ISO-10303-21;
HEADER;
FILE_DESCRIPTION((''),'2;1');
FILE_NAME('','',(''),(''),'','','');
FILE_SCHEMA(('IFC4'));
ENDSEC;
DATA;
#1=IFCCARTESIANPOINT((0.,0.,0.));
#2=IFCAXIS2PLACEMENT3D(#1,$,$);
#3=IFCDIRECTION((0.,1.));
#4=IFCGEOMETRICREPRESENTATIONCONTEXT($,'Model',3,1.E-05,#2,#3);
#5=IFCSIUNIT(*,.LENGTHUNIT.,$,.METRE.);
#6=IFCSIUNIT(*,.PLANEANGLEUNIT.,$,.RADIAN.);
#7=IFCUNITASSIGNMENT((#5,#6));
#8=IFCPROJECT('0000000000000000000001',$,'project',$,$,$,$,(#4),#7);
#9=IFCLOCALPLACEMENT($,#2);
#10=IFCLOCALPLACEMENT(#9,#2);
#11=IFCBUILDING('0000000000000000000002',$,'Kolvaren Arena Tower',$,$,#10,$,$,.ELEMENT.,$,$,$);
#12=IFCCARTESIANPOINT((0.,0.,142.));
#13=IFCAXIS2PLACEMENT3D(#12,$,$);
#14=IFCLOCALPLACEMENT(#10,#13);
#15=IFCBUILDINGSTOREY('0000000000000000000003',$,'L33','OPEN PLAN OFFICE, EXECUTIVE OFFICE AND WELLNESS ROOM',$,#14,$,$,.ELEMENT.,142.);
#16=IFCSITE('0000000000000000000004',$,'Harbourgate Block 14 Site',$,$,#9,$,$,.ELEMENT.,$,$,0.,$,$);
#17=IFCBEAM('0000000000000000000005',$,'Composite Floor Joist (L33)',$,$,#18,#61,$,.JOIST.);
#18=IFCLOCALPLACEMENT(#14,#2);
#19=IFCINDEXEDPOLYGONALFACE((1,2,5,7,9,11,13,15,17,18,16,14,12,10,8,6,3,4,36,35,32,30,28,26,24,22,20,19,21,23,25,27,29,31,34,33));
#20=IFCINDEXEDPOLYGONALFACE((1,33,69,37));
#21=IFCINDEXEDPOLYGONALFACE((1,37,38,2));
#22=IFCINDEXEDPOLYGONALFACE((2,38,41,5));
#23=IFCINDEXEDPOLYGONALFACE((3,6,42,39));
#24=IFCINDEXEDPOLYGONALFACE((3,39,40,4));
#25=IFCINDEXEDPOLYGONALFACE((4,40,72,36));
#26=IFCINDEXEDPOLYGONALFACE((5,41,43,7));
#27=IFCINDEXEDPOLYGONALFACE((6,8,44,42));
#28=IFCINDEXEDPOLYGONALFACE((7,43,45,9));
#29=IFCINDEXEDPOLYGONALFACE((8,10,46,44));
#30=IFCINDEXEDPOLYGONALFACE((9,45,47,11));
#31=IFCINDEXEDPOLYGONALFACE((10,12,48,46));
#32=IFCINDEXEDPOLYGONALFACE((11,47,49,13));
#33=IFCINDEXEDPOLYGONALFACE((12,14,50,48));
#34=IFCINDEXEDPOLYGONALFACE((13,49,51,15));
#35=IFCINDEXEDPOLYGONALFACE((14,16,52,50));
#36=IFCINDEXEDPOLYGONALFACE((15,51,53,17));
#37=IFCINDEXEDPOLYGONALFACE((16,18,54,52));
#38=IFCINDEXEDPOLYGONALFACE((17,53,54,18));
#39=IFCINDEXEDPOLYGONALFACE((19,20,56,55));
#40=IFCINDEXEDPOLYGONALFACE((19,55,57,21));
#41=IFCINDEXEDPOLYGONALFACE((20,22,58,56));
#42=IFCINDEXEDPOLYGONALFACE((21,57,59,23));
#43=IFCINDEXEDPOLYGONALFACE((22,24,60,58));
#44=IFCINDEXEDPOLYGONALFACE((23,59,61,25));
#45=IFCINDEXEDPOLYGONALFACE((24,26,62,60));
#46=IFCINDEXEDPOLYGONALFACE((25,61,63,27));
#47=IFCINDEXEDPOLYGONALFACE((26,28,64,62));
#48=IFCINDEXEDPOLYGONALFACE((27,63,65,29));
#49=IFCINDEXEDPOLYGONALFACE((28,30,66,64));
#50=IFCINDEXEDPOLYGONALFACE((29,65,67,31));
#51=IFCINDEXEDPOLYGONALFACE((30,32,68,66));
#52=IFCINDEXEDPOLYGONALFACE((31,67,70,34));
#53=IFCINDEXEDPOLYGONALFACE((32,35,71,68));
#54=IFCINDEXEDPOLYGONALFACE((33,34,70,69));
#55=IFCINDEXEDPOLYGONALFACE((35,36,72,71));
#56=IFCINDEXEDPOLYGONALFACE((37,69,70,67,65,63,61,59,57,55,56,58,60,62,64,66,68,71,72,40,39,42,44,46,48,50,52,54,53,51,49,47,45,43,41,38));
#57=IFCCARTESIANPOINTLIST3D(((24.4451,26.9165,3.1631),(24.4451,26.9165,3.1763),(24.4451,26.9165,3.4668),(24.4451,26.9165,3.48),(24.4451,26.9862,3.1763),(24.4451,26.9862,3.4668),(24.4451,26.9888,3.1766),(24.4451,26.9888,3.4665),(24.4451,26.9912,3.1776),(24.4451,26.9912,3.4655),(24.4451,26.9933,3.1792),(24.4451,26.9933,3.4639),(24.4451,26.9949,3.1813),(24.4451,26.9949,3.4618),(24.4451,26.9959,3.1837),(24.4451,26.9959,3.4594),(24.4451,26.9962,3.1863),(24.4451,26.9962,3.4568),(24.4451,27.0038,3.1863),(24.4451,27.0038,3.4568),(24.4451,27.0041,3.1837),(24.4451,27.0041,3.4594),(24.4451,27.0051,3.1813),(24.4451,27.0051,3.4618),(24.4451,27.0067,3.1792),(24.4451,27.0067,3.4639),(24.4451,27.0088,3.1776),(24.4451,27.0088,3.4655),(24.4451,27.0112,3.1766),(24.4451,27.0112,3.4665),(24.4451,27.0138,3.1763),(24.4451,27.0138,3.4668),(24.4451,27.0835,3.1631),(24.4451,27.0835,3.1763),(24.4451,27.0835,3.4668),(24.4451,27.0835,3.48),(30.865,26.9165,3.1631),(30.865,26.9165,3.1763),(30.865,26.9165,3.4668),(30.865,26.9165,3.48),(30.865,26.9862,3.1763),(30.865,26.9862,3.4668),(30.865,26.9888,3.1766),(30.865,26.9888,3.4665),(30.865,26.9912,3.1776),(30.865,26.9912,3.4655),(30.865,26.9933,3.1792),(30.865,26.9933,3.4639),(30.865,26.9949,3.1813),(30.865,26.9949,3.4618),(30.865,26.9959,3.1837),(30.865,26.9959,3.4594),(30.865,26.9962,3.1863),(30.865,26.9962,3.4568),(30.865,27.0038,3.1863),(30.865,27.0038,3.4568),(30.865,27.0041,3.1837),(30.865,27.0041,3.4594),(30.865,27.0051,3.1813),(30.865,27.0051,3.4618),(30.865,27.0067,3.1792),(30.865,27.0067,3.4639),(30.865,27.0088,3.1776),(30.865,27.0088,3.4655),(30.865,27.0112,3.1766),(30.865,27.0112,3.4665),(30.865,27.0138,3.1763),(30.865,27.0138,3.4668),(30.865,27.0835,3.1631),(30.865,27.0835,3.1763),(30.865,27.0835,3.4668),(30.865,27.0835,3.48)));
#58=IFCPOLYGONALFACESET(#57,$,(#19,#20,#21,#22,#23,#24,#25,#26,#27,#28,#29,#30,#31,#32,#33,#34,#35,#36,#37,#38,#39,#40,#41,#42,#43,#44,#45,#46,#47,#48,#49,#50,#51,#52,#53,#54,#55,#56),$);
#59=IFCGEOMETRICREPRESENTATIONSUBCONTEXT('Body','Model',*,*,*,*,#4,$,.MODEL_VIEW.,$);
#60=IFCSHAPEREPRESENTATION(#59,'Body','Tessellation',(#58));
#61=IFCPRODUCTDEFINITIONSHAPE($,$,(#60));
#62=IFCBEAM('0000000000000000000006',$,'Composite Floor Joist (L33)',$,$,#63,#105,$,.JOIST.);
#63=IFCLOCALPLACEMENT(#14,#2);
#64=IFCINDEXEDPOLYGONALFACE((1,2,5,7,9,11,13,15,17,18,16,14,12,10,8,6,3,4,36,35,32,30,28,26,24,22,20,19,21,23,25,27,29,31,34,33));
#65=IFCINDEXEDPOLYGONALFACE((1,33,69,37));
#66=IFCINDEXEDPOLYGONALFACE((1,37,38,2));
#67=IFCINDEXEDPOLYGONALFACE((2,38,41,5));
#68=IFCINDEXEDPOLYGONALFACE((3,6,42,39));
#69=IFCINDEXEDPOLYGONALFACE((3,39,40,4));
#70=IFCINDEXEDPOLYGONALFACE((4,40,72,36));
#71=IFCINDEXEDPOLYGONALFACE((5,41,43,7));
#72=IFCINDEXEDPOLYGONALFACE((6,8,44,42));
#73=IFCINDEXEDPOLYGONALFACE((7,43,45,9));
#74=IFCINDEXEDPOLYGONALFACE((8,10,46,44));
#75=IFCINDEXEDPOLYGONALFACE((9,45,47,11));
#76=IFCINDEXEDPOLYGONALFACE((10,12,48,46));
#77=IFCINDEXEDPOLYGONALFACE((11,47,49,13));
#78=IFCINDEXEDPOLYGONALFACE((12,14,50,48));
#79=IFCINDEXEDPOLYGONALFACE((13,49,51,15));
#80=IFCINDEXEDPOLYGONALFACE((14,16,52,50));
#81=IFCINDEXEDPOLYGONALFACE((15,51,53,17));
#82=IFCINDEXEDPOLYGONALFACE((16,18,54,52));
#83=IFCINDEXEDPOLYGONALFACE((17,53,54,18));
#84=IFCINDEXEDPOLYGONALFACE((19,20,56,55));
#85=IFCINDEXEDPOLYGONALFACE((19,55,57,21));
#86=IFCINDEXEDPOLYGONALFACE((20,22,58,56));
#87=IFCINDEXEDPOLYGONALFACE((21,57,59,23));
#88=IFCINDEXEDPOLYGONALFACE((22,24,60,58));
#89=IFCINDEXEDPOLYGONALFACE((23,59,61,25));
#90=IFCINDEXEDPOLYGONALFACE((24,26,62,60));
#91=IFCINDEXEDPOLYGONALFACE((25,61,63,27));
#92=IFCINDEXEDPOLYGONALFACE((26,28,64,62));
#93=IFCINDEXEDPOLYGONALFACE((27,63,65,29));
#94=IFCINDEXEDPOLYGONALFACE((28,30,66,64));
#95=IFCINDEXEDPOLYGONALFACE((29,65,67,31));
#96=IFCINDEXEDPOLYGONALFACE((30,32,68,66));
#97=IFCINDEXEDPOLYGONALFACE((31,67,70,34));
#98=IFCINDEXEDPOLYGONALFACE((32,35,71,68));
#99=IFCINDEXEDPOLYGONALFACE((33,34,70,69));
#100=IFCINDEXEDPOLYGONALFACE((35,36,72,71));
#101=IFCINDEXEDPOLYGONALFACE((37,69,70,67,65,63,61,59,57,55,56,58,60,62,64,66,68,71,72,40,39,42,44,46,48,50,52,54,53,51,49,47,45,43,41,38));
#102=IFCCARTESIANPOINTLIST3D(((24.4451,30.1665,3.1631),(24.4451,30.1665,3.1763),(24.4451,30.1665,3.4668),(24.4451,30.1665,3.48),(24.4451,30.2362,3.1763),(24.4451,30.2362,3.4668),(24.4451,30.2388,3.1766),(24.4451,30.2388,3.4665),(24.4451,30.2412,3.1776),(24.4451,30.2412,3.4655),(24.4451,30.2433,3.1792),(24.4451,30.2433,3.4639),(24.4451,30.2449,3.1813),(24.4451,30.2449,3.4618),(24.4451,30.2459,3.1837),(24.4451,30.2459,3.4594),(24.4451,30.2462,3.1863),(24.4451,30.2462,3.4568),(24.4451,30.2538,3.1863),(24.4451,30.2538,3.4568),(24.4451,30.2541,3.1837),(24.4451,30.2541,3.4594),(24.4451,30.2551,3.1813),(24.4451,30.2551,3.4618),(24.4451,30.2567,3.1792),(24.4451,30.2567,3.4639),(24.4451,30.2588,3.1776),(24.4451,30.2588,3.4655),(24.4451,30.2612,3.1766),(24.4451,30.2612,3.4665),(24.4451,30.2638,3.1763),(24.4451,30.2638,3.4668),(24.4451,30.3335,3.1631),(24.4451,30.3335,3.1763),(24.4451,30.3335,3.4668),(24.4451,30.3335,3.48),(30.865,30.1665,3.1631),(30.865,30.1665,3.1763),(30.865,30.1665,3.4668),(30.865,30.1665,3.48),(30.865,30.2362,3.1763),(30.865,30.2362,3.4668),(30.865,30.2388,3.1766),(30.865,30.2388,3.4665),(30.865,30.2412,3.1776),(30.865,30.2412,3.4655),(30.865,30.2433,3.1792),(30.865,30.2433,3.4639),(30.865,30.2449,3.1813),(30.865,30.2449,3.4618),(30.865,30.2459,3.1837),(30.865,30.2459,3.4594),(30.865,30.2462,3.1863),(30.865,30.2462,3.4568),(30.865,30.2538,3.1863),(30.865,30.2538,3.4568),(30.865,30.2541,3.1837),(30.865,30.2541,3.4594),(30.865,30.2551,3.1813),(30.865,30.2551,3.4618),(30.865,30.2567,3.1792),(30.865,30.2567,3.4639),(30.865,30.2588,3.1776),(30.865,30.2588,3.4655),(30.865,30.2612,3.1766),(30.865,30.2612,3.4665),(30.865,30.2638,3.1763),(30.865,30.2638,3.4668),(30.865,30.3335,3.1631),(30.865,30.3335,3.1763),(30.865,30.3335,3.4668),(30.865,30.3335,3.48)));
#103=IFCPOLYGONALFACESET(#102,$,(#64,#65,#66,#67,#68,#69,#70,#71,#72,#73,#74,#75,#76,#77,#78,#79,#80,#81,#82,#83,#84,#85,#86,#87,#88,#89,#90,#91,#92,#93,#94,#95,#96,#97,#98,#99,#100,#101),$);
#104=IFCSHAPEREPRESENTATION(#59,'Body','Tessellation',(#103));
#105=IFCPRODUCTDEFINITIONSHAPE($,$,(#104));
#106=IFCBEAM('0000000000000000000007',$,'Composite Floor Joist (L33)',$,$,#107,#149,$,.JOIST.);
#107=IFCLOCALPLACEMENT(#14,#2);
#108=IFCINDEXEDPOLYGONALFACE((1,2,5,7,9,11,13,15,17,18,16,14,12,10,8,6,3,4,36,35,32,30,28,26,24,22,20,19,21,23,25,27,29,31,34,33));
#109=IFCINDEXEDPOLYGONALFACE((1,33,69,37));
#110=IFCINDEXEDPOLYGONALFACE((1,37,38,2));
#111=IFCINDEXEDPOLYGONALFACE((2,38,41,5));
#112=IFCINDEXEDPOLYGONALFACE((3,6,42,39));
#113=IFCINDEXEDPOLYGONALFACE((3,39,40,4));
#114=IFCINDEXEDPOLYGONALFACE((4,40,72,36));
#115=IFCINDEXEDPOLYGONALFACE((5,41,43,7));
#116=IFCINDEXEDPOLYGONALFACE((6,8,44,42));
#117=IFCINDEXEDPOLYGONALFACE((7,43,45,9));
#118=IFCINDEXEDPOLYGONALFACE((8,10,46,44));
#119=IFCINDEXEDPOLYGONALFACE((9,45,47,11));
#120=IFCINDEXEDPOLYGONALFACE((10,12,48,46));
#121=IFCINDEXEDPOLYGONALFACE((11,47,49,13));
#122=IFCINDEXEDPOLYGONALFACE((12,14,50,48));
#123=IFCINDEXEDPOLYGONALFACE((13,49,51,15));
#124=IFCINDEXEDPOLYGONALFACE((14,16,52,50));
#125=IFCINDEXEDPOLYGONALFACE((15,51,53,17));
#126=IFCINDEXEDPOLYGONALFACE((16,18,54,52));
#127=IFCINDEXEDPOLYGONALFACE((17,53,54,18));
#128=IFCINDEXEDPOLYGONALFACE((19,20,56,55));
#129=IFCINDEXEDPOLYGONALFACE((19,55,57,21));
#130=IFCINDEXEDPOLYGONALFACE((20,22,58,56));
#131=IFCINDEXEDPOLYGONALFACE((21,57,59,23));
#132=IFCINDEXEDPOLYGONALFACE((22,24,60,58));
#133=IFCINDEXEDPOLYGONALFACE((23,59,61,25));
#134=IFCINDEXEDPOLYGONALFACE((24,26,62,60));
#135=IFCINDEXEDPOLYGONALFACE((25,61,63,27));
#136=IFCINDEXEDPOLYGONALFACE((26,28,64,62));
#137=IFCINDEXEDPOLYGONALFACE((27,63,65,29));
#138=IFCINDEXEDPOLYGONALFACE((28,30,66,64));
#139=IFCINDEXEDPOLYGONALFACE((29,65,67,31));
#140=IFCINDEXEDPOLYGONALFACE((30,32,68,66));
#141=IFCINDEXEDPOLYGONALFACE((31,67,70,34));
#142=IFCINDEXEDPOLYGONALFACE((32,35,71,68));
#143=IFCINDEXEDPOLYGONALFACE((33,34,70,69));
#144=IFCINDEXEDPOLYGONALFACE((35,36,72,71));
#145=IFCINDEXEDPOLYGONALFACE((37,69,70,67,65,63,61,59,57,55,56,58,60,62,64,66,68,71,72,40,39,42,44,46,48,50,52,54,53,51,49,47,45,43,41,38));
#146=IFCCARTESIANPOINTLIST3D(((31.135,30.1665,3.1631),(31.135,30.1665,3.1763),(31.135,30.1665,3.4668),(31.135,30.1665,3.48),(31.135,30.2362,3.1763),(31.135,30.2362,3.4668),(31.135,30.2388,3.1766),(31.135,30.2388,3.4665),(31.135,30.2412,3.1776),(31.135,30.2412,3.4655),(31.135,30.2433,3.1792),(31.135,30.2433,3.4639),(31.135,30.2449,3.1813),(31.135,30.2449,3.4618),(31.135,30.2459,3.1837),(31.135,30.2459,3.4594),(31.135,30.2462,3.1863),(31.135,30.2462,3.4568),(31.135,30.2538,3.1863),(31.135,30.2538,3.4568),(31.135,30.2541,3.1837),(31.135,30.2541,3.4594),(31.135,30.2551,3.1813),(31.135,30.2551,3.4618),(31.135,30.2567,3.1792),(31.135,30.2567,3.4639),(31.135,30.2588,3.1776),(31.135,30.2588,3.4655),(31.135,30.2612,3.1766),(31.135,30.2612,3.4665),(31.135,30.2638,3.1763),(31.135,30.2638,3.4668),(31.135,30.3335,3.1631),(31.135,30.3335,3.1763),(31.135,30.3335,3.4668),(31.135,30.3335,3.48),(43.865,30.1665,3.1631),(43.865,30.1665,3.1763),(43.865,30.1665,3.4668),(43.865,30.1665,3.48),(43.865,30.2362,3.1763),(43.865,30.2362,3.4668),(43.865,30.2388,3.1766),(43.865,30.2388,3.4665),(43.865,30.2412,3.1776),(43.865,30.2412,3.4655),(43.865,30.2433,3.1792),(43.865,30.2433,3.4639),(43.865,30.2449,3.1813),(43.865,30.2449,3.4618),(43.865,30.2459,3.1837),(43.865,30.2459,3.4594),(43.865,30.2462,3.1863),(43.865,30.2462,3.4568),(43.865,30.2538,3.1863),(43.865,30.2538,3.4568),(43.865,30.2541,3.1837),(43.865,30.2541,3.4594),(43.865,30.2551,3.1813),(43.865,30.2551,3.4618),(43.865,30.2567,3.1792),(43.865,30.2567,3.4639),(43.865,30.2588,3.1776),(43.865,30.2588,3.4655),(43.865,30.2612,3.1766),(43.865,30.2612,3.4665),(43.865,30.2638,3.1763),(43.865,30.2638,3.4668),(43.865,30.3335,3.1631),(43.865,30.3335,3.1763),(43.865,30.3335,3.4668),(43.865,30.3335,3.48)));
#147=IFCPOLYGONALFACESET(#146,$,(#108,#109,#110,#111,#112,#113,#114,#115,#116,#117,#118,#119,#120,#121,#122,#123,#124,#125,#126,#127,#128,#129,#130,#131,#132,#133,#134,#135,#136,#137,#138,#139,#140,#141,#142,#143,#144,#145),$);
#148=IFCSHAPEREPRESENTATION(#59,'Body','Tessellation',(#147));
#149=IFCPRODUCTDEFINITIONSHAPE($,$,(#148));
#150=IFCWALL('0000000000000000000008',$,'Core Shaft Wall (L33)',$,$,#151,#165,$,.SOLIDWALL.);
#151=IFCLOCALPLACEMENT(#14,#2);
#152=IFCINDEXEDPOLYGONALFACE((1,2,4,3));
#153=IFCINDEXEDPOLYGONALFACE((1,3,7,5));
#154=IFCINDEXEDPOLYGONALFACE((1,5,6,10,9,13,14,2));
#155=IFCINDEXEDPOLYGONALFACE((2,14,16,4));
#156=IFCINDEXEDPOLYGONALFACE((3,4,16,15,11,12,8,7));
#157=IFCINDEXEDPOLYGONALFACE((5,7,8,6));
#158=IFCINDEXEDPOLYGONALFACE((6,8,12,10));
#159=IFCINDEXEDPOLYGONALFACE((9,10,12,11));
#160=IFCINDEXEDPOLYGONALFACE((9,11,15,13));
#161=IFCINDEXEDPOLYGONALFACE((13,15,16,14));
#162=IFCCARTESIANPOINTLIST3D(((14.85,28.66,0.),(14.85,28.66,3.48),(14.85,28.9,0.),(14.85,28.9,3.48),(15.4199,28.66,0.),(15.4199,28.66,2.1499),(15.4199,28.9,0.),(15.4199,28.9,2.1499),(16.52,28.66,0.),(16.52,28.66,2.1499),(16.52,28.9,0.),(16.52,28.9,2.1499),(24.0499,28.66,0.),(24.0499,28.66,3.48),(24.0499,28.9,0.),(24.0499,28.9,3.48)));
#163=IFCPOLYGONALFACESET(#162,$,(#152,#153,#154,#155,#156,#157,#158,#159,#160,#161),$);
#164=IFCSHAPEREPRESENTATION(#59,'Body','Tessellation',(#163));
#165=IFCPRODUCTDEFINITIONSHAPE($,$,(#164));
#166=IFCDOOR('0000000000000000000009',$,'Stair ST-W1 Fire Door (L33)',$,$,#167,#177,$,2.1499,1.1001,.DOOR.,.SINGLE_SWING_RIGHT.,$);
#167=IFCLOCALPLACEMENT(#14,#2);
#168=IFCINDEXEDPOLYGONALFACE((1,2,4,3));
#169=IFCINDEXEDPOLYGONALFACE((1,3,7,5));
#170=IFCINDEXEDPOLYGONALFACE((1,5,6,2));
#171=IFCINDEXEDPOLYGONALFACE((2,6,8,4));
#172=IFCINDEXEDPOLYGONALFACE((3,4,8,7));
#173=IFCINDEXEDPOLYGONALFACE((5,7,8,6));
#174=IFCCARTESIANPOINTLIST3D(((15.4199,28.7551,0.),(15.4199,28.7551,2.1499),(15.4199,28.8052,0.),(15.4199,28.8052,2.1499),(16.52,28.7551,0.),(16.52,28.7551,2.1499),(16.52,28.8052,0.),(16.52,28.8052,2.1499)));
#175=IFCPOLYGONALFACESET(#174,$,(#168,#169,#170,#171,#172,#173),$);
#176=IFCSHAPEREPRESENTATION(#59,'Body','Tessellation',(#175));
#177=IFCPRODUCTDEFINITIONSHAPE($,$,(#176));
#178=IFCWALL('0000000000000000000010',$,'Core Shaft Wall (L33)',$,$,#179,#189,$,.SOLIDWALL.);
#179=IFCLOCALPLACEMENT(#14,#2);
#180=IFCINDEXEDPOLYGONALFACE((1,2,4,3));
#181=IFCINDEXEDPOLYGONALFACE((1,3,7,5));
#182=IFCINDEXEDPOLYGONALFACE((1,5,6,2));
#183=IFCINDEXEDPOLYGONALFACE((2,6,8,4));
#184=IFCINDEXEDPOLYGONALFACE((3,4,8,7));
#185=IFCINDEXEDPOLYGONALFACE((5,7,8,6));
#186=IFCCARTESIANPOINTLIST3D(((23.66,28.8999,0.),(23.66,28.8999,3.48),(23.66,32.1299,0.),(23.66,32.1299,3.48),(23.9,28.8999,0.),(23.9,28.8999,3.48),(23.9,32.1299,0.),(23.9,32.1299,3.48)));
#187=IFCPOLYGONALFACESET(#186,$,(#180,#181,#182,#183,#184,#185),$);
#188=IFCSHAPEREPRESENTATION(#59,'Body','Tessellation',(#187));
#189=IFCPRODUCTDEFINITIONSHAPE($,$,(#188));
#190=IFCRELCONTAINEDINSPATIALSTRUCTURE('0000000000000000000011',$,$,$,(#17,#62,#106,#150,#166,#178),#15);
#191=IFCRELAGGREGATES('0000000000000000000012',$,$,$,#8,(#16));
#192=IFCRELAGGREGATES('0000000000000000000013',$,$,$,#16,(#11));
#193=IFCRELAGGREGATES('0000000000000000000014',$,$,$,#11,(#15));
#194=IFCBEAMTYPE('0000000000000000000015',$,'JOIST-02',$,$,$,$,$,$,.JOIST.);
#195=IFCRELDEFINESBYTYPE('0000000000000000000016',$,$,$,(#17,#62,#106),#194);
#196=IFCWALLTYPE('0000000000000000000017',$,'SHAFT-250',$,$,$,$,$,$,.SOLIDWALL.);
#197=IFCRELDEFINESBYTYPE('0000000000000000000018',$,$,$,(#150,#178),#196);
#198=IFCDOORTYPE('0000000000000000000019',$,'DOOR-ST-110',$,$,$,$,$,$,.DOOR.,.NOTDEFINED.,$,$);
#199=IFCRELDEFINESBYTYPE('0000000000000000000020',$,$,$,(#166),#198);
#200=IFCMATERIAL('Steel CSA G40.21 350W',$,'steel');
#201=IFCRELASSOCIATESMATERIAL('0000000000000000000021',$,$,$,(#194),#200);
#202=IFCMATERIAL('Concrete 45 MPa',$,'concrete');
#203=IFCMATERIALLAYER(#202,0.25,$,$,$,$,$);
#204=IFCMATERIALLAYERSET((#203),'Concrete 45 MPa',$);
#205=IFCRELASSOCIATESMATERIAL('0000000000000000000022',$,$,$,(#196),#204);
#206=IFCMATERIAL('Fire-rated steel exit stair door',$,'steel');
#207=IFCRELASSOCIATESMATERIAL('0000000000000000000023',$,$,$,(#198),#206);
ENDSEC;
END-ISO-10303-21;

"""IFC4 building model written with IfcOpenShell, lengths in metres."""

from ifc_helpers import new_model, si_unit, direction, frame, frame_2d, origin, origin_2d, place, context, subcontext, project, spatial, rectangle, i_section, extrude, material, layer, layer_set, material_profile, profile_set, type_object, element, fill, save


model = new_model("IFC4")

# Units and contexts
model_context = context("Model", 3, precision=1e-05, world=origin(), true_north=direction((0.0, 1.0)))
body_context = subcontext(model_context, "Body", "Model", "MODEL_VIEW")
ifc_project = project(units=[si_unit("LENGTHUNIT", "METRE"), si_unit("PLANEANGLEUNIT", "RADIAN")], contexts=[model_context])

# Site, building, storey
site_placement = place(None, origin())
site = spatial("IfcSite", under=ifc_project, at=site_placement, Name="Harbourgate Block 14 Site", CompositionType="ELEMENT", RefElevation=0.0)
building_placement = place(site_placement, origin())
building = spatial("IfcBuilding", under=site, at=building_placement, Name="Kolvaren Arena Tower", CompositionType="ELEMENT")
storey_placement = place(building_placement, frame((0.0, 0.0, 142.0)))
storey = spatial("IfcBuildingStorey", under=building, at=storey_placement, Name="L33", Description="OPEN PLAN OFFICE, EXECUTIVE OFFICE AND WELLNESS ROOM", CompositionType="ELEMENT", Elevation=142.0)

# Beams
ifc_material_1 = material(Name="Steel CSA G40.21 350W", Category="steel")
ifc_material_profile_1 = material_profile(ifc_material_1, i_section(OverallWidth=0.167, OverallDepth=0.3169, WebThickness=0.0076, FlangeThickness=0.0132, FilletRadius=0.01, at=origin_2d()), Name="W310x52")
ifc_profile_set_1 = profile_set([ifc_material_profile_1], Name="Steel CSA G40.21 350W")
beam_type_1 = type_object("IfcBeamType", Name="JOIST-02", PredefinedType="JOIST", material=ifc_profile_set_1)
for number, where, z_axis, x_axis, name in (
    (1, (24.4451, 27.0, 3.3215), (1.0, 0.0, 0.0), (0.0, 1.0, 0.0), "Composite Floor Joist (L33)"),
    (2, (24.4451, 30.25, 3.3215), (1.0, 0.0, 0.0), (0.0, 1.0, 0.0), "Composite Floor Joist (L33)"),
):
    element("IfcBeam", number, at=place(storey_placement, frame(where, z_axis=z_axis, x_axis=x_axis)), inside=storey, type_object=beam_type_1, Name=name, PredefinedType="JOIST", context=body_context, shape_type="SweptSolid", body=[
        extrude(i_section(OverallWidth=0.167, OverallDepth=0.3169, WebThickness=0.0076, FlangeThickness=0.0132, FilletRadius=0.01, at=origin_2d()), origin(), (0.0, 0.0, 1.0), 6.4199),
    ])
beam_1_placement = place(storey_placement, frame((31.135, 30.25, 3.3215), z_axis=(1.0, 0.0, 0.0), x_axis=(0.0, 1.0, 0.0)))
element("IfcBeam", 3, at=beam_1_placement, inside=storey, type_object=beam_type_1, Name="Composite Floor Joist (L33)", PredefinedType="JOIST", context=body_context, shape_type="SweptSolid", body=[
    extrude(i_section(OverallWidth=0.167, OverallDepth=0.3169, WebThickness=0.0076, FlangeThickness=0.0132, FilletRadius=0.01, at=origin_2d()), origin(), (0.0, 0.0, 1.0), 12.73),
])

# Wall, opening, door
ifc_material_2 = material(Name="Concrete 45 MPa", Category="concrete")
ifc_layer = layer(ifc_material_2, 0.25)
ifc_layer_set = layer_set([ifc_layer], Name="Concrete 45 MPa")
wall_type = type_object("IfcWallType", Name="SHAFT-250", PredefinedType="SOLIDWALL", material=ifc_layer_set)
wall_1_placement = place(storey_placement, frame((24.05, 28.78, 0.0), z_axis=(0.0, 0.0, 1.0), x_axis=(-1.0, 0.0, 0.0)))
wall_1 = element("IfcWall", 4, at=wall_1_placement, inside=storey, type_object=wall_type, Name="Core Shaft Wall (L33)", PredefinedType="SOLIDWALL", context=body_context, shape_type="SweptSolid", body=[
    extrude(rectangle(XDim=9.2, YDim=0.24, at=frame_2d((4.6001, 0.0))), origin(), (0.0, 0.0, 1.0), 3.48),
])
opening_placement = place(wall_1_placement, frame((7.53, 0.0, 0.0)))
opening = element("IfcOpeningElement", 5, at=opening_placement, cuts=wall_1, PredefinedType="OPENING", context=body_context, shape_type="SweptSolid", body=[
    extrude(rectangle(XDim=1.1001, YDim=2.1499, at=frame_2d((0.55, 1.075))), frame((0.0, 0.1299, 0.0), z_axis=(0.0, -1.0, 0.0), x_axis=(1.0, 0.0, 0.0)), (0.0, 0.0, 1.0), 0.26),
])
ifc_material_3 = material(Name="Fire-rated steel exit stair door", Category="steel")
door_type = type_object("IfcDoorType", Name="DOOR-ST-110", OperationType="NOTDEFINED", PredefinedType="DOOR", material=ifc_material_3)
door_placement = place(opening_placement, origin())
door = element("IfcDoor", 6, at=door_placement, inside=storey, type_object=door_type, Name="Stair ST-W1 Fire Door (L33)", OperationType="SINGLE_SWING_RIGHT", OverallHeight=2.1499, OverallWidth=1.1001, PredefinedType="DOOR", context=body_context, shape_type="SweptSolid", body=[
    extrude(rectangle(XDim=1.1001, YDim=2.1499, at=frame_2d((0.55, 1.075))), frame((0.0, 0.0249, 0.0), z_axis=(0.0, -1.0, 0.0), x_axis=(1.0, 0.0, 0.0)), (0.0, 0.0, 1.0), 0.05),
])
fill(opening, door)

# Wall
wall_2_placement = place(storey_placement, frame((23.78, 28.8999, 0.0), z_axis=(0.0, 0.0, 1.0), x_axis=(0.0, 1.0, 0.0)))
element("IfcWall", 7, at=wall_2_placement, inside=storey, type_object=wall_type, Name="Core Shaft Wall (L33)", PredefinedType="SOLIDWALL", context=body_context, shape_type="SweptSolid", body=[
    extrude(rectangle(XDim=3.23, YDim=0.24, at=frame_2d((1.615, 0.0))), origin(), (0.0, 0.0, 1.0), 3.48),
])

save(model, "model.ifc")
